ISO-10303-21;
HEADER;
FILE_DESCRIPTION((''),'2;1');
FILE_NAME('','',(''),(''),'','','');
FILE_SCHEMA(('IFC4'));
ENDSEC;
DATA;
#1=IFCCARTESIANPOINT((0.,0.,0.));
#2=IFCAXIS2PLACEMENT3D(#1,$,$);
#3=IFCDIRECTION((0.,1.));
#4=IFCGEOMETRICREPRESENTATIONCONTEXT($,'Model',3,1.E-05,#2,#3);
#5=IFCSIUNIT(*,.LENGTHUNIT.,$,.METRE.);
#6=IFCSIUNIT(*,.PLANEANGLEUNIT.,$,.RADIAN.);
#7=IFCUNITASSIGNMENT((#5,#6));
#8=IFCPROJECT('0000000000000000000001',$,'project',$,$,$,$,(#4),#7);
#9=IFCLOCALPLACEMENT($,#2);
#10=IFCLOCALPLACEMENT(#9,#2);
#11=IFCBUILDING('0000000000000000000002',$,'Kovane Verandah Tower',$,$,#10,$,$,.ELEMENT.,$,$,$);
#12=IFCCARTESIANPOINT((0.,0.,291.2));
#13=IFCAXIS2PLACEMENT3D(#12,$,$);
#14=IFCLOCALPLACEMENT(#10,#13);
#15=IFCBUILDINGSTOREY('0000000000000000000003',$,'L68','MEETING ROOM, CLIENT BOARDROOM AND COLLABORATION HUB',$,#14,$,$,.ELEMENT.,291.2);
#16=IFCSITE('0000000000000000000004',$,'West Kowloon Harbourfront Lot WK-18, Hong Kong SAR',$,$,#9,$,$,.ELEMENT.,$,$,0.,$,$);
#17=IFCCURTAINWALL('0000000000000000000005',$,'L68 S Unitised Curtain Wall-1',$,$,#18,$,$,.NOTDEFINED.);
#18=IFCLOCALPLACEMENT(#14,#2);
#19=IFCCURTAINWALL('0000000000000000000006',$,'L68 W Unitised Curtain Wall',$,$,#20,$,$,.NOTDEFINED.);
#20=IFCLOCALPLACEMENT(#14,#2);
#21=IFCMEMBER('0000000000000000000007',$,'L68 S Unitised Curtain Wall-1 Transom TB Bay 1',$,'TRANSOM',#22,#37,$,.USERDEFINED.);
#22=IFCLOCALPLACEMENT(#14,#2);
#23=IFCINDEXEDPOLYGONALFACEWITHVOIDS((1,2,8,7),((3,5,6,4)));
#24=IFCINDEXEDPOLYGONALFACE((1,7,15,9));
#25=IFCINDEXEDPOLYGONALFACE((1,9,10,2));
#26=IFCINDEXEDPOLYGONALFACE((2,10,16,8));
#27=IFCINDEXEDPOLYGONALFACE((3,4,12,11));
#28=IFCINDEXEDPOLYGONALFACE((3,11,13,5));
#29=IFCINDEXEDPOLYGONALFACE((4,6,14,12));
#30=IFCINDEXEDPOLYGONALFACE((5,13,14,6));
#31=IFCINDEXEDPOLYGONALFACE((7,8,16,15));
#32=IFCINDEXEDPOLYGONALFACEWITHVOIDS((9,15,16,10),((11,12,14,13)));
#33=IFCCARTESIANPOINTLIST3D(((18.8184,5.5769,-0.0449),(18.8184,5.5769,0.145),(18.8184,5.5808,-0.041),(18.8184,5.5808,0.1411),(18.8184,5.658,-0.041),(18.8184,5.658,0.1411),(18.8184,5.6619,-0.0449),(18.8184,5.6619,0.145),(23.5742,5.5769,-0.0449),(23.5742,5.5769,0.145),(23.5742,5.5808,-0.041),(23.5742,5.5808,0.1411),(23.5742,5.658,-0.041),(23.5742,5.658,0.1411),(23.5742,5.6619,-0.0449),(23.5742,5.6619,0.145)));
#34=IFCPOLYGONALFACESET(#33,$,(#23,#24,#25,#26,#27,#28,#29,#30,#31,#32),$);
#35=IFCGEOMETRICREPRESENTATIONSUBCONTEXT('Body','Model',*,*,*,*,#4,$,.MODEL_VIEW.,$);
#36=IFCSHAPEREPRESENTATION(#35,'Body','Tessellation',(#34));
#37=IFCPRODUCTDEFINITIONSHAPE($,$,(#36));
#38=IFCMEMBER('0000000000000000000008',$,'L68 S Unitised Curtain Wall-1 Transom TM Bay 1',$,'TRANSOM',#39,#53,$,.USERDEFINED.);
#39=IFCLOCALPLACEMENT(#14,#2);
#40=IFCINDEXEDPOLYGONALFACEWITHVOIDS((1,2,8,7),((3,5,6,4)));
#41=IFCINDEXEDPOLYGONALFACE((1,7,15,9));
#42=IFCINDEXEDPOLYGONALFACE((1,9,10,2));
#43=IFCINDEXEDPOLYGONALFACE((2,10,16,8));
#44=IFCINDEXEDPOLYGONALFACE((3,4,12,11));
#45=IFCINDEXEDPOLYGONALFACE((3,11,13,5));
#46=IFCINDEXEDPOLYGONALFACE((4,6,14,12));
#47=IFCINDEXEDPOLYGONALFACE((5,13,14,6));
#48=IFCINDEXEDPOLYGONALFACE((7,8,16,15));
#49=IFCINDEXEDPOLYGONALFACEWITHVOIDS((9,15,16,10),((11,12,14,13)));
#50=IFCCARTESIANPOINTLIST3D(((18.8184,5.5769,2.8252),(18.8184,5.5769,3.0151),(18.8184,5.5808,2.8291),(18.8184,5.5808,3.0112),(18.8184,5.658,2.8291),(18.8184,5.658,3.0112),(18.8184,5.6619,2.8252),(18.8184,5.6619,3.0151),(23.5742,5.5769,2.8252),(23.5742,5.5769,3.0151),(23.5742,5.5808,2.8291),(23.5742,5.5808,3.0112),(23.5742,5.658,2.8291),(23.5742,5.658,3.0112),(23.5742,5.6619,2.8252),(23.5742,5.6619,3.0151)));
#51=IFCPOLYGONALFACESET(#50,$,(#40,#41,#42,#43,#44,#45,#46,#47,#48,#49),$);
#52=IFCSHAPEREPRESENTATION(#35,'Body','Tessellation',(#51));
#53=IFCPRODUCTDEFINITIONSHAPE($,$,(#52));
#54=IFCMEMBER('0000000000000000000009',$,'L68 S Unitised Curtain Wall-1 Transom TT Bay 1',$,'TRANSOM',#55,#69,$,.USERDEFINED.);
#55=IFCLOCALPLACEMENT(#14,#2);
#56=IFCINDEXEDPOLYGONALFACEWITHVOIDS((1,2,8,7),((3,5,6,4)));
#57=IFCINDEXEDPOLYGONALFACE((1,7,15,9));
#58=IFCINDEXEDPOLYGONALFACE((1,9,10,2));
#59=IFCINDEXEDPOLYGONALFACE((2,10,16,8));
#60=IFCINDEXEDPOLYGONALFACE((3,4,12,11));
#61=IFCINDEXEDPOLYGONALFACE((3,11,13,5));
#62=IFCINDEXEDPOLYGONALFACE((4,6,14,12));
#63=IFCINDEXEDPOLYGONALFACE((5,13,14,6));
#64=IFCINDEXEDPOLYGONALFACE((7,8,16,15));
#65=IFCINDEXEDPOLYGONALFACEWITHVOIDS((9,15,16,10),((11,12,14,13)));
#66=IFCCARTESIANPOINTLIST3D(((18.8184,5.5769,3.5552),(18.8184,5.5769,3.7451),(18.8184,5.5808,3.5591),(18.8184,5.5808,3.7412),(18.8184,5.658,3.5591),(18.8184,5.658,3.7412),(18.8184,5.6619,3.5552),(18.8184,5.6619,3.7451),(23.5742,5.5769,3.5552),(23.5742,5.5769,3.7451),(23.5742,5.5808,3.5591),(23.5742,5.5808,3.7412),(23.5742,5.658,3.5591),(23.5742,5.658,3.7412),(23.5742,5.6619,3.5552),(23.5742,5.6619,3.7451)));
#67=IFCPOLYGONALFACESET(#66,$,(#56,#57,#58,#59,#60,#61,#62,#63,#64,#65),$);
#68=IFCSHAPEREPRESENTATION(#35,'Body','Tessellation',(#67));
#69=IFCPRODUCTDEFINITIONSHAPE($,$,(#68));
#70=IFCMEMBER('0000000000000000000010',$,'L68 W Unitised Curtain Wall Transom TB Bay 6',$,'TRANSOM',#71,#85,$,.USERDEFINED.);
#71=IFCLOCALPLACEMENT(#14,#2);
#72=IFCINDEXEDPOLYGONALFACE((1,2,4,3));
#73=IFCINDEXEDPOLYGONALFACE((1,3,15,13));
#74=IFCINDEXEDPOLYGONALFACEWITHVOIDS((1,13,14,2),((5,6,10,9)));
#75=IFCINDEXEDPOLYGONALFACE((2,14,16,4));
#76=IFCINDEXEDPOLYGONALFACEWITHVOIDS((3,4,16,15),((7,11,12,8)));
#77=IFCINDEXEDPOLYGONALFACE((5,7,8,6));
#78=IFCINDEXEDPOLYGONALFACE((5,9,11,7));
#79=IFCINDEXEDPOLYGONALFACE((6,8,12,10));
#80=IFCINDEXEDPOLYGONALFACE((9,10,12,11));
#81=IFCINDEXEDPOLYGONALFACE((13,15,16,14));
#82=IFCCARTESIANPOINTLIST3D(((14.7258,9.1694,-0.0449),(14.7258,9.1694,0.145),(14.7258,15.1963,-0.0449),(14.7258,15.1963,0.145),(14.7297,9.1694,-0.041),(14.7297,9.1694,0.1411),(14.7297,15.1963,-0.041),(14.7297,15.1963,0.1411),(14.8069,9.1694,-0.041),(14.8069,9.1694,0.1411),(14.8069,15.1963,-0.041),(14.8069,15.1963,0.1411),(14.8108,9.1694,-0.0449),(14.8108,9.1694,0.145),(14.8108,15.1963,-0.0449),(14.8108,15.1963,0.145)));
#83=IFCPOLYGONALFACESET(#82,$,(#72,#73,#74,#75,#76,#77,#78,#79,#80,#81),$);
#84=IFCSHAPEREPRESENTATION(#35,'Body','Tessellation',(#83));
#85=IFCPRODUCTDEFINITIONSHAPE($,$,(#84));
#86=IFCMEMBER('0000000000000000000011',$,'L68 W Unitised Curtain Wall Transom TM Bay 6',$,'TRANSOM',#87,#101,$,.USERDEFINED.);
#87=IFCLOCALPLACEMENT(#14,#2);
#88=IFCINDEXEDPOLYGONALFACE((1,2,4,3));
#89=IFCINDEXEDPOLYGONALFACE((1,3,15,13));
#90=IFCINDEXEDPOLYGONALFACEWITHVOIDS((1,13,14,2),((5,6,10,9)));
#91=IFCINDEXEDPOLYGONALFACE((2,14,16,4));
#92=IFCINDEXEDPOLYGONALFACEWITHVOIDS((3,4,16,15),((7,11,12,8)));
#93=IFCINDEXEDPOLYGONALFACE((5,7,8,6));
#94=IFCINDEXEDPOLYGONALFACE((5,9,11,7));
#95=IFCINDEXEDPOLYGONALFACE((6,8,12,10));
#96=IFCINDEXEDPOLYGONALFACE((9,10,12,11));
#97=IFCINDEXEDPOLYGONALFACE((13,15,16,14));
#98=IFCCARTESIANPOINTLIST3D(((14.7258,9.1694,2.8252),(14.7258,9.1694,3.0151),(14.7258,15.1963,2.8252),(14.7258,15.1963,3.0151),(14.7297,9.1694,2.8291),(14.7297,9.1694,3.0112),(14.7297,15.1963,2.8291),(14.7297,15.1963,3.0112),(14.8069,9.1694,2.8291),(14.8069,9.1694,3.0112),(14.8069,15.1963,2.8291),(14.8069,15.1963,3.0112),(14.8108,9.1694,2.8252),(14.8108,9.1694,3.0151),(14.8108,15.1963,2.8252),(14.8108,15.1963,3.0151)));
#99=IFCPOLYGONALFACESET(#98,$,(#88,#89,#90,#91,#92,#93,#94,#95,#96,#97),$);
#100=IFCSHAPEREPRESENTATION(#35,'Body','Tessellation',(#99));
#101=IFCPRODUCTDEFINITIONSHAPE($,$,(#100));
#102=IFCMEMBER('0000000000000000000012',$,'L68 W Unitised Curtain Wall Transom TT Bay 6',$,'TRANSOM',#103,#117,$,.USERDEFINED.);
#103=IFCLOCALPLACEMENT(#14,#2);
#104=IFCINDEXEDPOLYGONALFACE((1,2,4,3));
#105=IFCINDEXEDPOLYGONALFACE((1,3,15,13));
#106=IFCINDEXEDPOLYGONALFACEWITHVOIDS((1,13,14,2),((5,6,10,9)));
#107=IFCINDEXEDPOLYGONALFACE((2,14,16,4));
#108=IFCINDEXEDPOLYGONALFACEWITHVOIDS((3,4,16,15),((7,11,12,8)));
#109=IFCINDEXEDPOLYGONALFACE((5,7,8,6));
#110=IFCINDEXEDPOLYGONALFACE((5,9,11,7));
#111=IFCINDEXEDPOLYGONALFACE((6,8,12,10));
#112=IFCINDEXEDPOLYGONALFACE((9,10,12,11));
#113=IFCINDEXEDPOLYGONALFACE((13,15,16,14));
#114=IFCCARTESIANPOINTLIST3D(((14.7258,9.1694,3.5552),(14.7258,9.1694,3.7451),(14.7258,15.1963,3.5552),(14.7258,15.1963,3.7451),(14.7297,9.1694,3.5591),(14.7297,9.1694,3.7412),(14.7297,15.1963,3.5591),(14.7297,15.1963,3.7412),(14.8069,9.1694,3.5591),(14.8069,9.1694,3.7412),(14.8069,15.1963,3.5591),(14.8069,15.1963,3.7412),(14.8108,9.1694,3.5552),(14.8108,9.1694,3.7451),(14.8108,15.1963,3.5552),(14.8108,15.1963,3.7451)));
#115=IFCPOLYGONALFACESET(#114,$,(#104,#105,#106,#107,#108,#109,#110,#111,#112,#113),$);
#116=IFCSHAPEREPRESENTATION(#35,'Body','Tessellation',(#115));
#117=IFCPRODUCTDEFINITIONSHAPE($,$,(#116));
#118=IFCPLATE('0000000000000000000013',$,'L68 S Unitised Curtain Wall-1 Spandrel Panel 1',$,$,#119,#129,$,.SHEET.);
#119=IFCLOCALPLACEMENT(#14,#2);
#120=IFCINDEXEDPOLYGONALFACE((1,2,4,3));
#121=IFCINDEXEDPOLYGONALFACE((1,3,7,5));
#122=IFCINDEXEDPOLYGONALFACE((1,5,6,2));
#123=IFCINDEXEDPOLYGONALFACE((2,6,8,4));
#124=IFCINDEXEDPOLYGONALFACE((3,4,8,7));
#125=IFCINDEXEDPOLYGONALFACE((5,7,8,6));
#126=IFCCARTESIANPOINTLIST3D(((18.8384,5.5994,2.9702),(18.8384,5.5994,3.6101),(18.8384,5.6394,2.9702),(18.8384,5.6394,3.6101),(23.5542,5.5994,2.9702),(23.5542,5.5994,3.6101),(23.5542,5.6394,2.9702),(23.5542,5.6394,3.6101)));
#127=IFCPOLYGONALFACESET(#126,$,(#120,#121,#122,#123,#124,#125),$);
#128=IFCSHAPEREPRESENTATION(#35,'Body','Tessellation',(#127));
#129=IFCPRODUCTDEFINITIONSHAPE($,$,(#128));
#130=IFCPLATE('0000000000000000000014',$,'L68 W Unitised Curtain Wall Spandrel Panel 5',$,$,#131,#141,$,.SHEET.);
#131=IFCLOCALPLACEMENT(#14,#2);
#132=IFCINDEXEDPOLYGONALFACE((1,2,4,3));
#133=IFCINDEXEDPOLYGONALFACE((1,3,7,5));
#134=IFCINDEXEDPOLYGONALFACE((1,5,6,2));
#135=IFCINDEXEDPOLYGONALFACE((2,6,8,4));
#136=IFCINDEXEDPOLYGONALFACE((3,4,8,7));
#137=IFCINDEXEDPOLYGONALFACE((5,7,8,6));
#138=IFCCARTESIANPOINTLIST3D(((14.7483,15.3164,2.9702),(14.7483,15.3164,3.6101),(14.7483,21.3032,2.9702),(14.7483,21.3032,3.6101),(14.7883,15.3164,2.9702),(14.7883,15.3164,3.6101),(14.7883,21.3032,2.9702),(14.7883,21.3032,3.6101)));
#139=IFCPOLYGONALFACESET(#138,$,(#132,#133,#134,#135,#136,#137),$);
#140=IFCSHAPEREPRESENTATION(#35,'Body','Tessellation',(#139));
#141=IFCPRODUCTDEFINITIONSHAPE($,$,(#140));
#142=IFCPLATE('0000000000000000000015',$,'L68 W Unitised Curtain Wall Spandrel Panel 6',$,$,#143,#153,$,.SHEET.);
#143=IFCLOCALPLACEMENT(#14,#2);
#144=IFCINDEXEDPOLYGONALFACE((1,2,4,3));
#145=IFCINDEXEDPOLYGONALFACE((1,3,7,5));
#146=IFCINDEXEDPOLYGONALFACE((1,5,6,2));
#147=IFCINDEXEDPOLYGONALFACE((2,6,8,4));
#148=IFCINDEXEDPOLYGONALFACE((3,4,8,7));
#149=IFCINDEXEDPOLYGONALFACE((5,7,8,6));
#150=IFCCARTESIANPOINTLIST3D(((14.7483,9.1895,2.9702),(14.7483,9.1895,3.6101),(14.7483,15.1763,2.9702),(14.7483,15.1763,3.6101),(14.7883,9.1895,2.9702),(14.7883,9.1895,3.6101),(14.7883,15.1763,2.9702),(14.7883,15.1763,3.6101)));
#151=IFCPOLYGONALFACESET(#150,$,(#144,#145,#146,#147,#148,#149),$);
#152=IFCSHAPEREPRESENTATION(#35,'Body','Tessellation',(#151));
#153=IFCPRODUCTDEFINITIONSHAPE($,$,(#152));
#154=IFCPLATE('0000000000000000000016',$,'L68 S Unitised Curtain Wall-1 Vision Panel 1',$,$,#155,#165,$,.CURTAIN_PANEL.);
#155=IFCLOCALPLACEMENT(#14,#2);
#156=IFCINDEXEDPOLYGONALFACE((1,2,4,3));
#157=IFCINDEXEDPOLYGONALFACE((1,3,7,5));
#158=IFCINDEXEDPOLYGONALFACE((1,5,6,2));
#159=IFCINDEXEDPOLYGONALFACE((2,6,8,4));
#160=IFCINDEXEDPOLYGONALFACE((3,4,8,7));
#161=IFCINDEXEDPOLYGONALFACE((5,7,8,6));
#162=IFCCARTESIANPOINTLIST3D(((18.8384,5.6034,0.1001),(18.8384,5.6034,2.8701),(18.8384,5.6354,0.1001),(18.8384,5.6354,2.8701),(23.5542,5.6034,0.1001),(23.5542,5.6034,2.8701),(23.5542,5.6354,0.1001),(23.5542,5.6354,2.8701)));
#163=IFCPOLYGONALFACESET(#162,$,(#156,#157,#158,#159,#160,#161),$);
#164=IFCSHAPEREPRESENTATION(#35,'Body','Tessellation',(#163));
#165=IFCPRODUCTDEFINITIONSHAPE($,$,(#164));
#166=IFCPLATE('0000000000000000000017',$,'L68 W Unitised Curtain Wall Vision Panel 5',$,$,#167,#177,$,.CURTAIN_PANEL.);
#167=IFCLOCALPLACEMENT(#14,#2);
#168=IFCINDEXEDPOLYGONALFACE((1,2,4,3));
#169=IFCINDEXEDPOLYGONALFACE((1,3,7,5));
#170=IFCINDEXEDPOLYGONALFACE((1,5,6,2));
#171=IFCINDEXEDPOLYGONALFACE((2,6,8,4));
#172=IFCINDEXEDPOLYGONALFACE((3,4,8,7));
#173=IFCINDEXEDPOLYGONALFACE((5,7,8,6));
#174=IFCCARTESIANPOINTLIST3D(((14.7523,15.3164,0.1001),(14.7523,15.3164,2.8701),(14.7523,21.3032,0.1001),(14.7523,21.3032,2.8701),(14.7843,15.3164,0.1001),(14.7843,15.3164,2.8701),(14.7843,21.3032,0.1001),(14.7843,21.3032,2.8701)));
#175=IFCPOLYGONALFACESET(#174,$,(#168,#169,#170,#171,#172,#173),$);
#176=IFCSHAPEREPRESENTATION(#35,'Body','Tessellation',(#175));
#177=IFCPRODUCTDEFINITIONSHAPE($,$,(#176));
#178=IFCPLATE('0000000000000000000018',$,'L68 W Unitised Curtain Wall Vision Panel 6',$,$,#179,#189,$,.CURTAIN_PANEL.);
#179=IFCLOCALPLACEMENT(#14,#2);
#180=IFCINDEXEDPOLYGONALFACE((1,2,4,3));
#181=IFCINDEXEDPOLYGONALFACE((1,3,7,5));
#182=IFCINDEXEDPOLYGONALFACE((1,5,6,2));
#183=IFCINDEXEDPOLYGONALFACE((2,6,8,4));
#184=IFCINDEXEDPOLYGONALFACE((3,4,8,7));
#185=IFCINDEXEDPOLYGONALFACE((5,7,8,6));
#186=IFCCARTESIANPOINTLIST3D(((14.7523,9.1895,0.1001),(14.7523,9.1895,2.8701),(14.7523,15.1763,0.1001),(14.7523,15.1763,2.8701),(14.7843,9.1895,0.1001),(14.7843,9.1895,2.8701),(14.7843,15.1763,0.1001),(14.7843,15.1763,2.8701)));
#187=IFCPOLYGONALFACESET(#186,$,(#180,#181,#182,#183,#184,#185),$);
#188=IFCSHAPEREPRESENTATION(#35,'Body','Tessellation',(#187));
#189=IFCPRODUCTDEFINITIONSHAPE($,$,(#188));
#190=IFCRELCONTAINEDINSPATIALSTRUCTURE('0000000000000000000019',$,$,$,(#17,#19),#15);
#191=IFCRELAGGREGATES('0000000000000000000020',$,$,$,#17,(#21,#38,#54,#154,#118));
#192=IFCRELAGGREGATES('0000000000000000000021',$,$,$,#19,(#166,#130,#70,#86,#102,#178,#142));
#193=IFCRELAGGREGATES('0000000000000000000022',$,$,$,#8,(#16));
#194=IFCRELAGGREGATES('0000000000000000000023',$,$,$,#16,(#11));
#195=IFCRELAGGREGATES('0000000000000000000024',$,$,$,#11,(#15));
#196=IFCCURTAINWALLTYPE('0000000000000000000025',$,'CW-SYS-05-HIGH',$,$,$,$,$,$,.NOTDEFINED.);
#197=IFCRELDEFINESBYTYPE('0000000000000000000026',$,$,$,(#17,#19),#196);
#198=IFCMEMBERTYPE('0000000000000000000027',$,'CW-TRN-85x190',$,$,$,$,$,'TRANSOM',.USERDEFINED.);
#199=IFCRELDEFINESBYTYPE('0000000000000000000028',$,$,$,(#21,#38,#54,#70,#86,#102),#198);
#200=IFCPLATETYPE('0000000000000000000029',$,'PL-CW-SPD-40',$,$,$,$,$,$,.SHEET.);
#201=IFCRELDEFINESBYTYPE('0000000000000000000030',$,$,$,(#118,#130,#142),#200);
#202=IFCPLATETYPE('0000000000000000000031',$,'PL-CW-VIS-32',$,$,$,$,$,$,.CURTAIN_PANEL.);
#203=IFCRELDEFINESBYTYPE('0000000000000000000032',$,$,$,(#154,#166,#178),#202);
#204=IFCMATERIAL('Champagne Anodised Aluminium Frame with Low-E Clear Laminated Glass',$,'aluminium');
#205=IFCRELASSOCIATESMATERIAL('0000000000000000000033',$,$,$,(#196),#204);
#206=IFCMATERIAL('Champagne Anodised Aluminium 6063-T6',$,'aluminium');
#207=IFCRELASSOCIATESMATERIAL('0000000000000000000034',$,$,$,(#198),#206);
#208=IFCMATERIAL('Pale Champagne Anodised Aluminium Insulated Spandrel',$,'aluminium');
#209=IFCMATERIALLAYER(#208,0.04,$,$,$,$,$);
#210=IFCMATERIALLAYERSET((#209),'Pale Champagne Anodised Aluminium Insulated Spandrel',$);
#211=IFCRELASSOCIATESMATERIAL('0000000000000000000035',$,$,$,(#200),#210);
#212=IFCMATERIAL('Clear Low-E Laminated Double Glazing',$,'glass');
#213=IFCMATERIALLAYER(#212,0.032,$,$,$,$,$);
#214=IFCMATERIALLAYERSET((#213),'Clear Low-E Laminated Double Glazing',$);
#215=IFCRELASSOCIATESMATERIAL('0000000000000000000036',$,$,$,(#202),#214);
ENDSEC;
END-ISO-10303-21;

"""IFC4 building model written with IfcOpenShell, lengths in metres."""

from ifc_helpers import new_model, si_unit, direction, frame, origin, origin_2d, place, context, subcontext, project, spatial, rectangle, hollow_rectangle, extrude, material, layer, layer_set, material_profile, profile_set, type_object, element, aggregate, save


model = new_model("IFC4")

# Units and contexts
model_context = context("Model", 3, precision=1e-05, world=origin(), true_north=direction((0.0, 1.0)))
body_context = subcontext(model_context, "Body", "Model", "MODEL_VIEW")
ifc_project = project(units=[si_unit("LENGTHUNIT", "METRE"), si_unit("PLANEANGLEUNIT", "RADIAN")], contexts=[model_context])

# Site, building, storey
site_placement = place(None, origin())
site = spatial("IfcSite", under=ifc_project, at=site_placement, Name="West Kowloon Harbourfront Lot WK-18, Hong Kong SAR", CompositionType="ELEMENT", RefElevation=0.0)
building_placement = place(site_placement, origin())
building = spatial("IfcBuilding", under=site, at=building_placement, Name="Kovane Verandah Tower", CompositionType="ELEMENT")
storey_placement = place(building_placement, frame((0.0, 0.0, 291.2)))
storey = spatial("IfcBuildingStorey", under=building, at=storey_placement, Name="L68", Description="MEETING ROOM, CLIENT BOARDROOM AND COLLABORATION HUB", CompositionType="ELEMENT", Elevation=291.2)

# Curtain walls
ifc_material_1 = material(Name="Champagne Anodised Aluminium Frame with Low-E Clear Laminated Glass", Category="aluminium")
curtain_wall_type = type_object("IfcCurtainWallType", Name="CW-SYS-05-HIGH", PredefinedType="NOTDEFINED", material=ifc_material_1)
curtain_wall_1_placement = place(storey_placement, origin())
curtain_wall_1 = element("IfcCurtainWall", 1, at=curtain_wall_1_placement, inside=storey, type_object=curtain_wall_type, Name="L68 S Unitised Curtain Wall-1", PredefinedType="NOTDEFINED")
ifc_material_2 = material(Name="Champagne Anodised Aluminium 6063-T6", Category="aluminium")
curtain_wall_2_placement = place(storey_placement, origin())
curtain_wall_2 = element("IfcCurtainWall", 2, at=curtain_wall_2_placement, inside=storey, type_object=curtain_wall_type, Name="L68 W Unitised Curtain Wall", PredefinedType="NOTDEFINED")

# Members
ifc_material_profile_1 = material_profile(ifc_material_2, hollow_rectangle(XDim=0.085, YDim=0.1899, WallThickness=0.0039, at=origin_2d()), Name="AL85x190x4")
ifc_profile_set_1 = profile_set([ifc_material_profile_1], Name="Champagne Anodised Aluminium 6063-T6")
member_type_1 = type_object("IfcMemberType", Name="CW-TRN-85x190", ElementType="TRANSOM", PredefinedType="USERDEFINED", material=ifc_profile_set_1)
member_1_placement = place(storey_placement, frame((18.8184, 5.6194, 0.05), z_axis=(1.0, 0.0, 0.0), x_axis=(0.0, 1.0, 0.0)))
member_1 = element("IfcMember", 3, at=member_1_placement, type_object=member_type_1, Name="L68 S Unitised Curtain Wall-1 Transom TB Bay 1", ObjectType="TRANSOM", PredefinedType="USERDEFINED", context=body_context, shape_type="SweptSolid", body=[
    extrude(hollow_rectangle(XDim=0.085, YDim=0.1899, WallThickness=0.0039, at=origin_2d()), origin(), (0.0, 0.0, 1.0), 4.7559),
])
member_2_placement = place(storey_placement, frame((18.8184, 5.6194, 2.9202), z_axis=(1.0, 0.0, 0.0), x_axis=(0.0, 1.0, 0.0)))
member_2 = element("IfcMember", 4, at=member_2_placement, type_object=member_type_1, Name="L68 S Unitised Curtain Wall-1 Transom TM Bay 1", ObjectType="TRANSOM", PredefinedType="USERDEFINED", context=body_context, shape_type="SweptSolid", body=[
    extrude(hollow_rectangle(XDim=0.085, YDim=0.1899, WallThickness=0.0039, at=origin_2d()), origin(), (0.0, 0.0, 1.0), 4.7559),
])
member_3_placement = place(storey_placement, frame((18.8184, 5.6194, 3.6501), z_axis=(1.0, 0.0, 0.0), x_axis=(0.0, 1.0, 0.0)))
member_3 = element("IfcMember", 5, at=member_3_placement, type_object=member_type_1, Name="L68 S Unitised Curtain Wall-1 Transom TT Bay 1", ObjectType="TRANSOM", PredefinedType="USERDEFINED", context=body_context, shape_type="SweptSolid", body=[
    extrude(hollow_rectangle(XDim=0.085, YDim=0.1899, WallThickness=0.0039, at=origin_2d()), origin(), (0.0, 0.0, 1.0), 4.7559),
])
member_4_placement = place(storey_placement, frame((14.7683, 15.1963, 0.05), z_axis=(0.0, -1.0, 0.0), x_axis=(1.0, 0.0, 0.0)))
member_4 = element("IfcMember", 6, at=member_4_placement, type_object=member_type_1, Name="L68 W Unitised Curtain Wall Transom TB Bay 6", ObjectType="TRANSOM", PredefinedType="USERDEFINED", context=body_context, shape_type="SweptSolid", body=[
    extrude(hollow_rectangle(XDim=0.085, YDim=0.1899, WallThickness=0.0039, at=origin_2d()), origin(), (0.0, 0.0, 1.0), 6.0269),
])
member_5_placement = place(storey_placement, frame((14.7683, 15.1963, 2.9202), z_axis=(0.0, -1.0, 0.0), x_axis=(1.0, 0.0, 0.0)))
member_5 = element("IfcMember", 7, at=member_5_placement, type_object=member_type_1, Name="L68 W Unitised Curtain Wall Transom TM Bay 6", ObjectType="TRANSOM", PredefinedType="USERDEFINED", context=body_context, shape_type="SweptSolid", body=[
    extrude(hollow_rectangle(XDim=0.085, YDim=0.1899, WallThickness=0.0039, at=origin_2d()), origin(), (0.0, 0.0, 1.0), 6.0269),
])
member_6_placement = place(storey_placement, frame((14.7683, 15.1963, 3.6501), z_axis=(0.0, -1.0, 0.0), x_axis=(1.0, 0.0, 0.0)))
member_6 = element("IfcMember", 8, at=member_6_placement, type_object=member_type_1, Name="L68 W Unitised Curtain Wall Transom TT Bay 6", ObjectType="TRANSOM", PredefinedType="USERDEFINED", context=body_context, shape_type="SweptSolid", body=[
    extrude(hollow_rectangle(XDim=0.085, YDim=0.1899, WallThickness=0.0039, at=origin_2d()), origin(), (0.0, 0.0, 1.0), 6.0269),
])

# Plates
ifc_material_3 = material(Name="Pale Champagne Anodised Aluminium Insulated Spandrel", Category="aluminium")
ifc_layer_1 = layer(ifc_material_3, 0.04)
ifc_layer_set_1 = layer_set([ifc_layer_1], Name="Pale Champagne Anodised Aluminium Insulated Spandrel")
plate_type_1 = type_object("IfcPlateType", Name="PL-CW-SPD-40", PredefinedType="SHEET", material=ifc_layer_set_1)
plate_1_placement = place(storey_placement, frame((21.1963, 5.6194, 2.9702), z_axis=(0.0, 0.0, 1.0), x_axis=(1.0, 0.0, 0.0)))
plate_1 = element("IfcPlate", 9, at=plate_1_placement, type_object=plate_type_1, Name="L68 S Unitised Curtain Wall-1 Spandrel Panel 1", PredefinedType="SHEET", context=body_context, shape_type="SweptSolid", body=[
    extrude(rectangle(XDim=4.7158, YDim=0.04, at=origin_2d()), origin(), (0.0, 0.0, 1.0), 0.6399),
])
plate_2_placement = place(storey_placement, frame((14.7683, 18.3098, 2.9702), z_axis=(0.0, 0.0, 1.0), x_axis=(0.0, -1.0, 0.0)))
plate_2 = element("IfcPlate", 10, at=plate_2_placement, type_object=plate_type_1, Name="L68 W Unitised Curtain Wall Spandrel Panel 5", PredefinedType="SHEET", context=body_context, shape_type="SweptSolid", body=[
    extrude(rectangle(XDim=5.9868, YDim=0.04, at=origin_2d()), origin(), (0.0, 0.0, 1.0), 0.6399),
])
plate_3_placement = place(storey_placement, frame((14.7683, 12.1829, 2.9702), z_axis=(0.0, 0.0, 1.0), x_axis=(0.0, -1.0, 0.0)))
plate_3 = element("IfcPlate", 11, at=plate_3_placement, type_object=plate_type_1, Name="L68 W Unitised Curtain Wall Spandrel Panel 6", PredefinedType="SHEET", context=body_context, shape_type="SweptSolid", body=[
    extrude(rectangle(XDim=5.9868, YDim=0.04, at=origin_2d()), origin(), (0.0, 0.0, 1.0), 0.6399),
])
ifc_material_4 = material(Name="Clear Low-E Laminated Double Glazing", Category="glass")
ifc_layer_2 = layer(ifc_material_4, 0.032)
ifc_layer_set_2 = layer_set([ifc_layer_2], Name="Clear Low-E Laminated Double Glazing")
plate_type_2 = type_object("IfcPlateType", Name="PL-CW-VIS-32", PredefinedType="CURTAIN_PANEL", material=ifc_layer_set_2)
plate_4_placement = place(storey_placement, frame((21.1963, 5.6194, 0.1001), z_axis=(0.0, 0.0, 1.0), x_axis=(1.0, 0.0, 0.0)))
plate_4 = element("IfcPlate", 12, at=plate_4_placement, type_object=plate_type_2, Name="L68 S Unitised Curtain Wall-1 Vision Panel 1", PredefinedType="CURTAIN_PANEL", context=body_context, shape_type="SweptSolid", body=[
    extrude(rectangle(XDim=4.7158, YDim=0.032, at=origin_2d()), origin(), (0.0, 0.0, 1.0), 2.77),
])
aggregate(curtain_wall_1, [member_1, member_2, member_3, plate_4, plate_1])
plate_5_placement = place(storey_placement, frame((14.7683, 18.3098, 0.1001), z_axis=(0.0, 0.0, 1.0), x_axis=(0.0, -1.0, 0.0)))
plate_5 = element("IfcPlate", 13, at=plate_5_placement, type_object=plate_type_2, Name="L68 W Unitised Curtain Wall Vision Panel 5", PredefinedType="CURTAIN_PANEL", context=body_context, shape_type="SweptSolid", body=[
    extrude(rectangle(XDim=5.9868, YDim=0.032, at=origin_2d()), origin(), (0.0, 0.0, 1.0), 2.77),
])
plate_6_placement = place(storey_placement, frame((14.7683, 12.1829, 0.1001), z_axis=(0.0, 0.0, 1.0), x_axis=(0.0, -1.0, 0.0)))
plate_6 = element("IfcPlate", 14, at=plate_6_placement, type_object=plate_type_2, Name="L68 W Unitised Curtain Wall Vision Panel 6", PredefinedType="CURTAIN_PANEL", context=body_context, shape_type="SweptSolid", body=[
    extrude(rectangle(XDim=5.9868, YDim=0.032, at=origin_2d()), origin(), (0.0, 0.0, 1.0), 2.77),
])
aggregate(curtain_wall_2, [plate_5, plate_2, member_4, member_5, member_6, plate_6, plate_3])

save(model, "model.ifc")
